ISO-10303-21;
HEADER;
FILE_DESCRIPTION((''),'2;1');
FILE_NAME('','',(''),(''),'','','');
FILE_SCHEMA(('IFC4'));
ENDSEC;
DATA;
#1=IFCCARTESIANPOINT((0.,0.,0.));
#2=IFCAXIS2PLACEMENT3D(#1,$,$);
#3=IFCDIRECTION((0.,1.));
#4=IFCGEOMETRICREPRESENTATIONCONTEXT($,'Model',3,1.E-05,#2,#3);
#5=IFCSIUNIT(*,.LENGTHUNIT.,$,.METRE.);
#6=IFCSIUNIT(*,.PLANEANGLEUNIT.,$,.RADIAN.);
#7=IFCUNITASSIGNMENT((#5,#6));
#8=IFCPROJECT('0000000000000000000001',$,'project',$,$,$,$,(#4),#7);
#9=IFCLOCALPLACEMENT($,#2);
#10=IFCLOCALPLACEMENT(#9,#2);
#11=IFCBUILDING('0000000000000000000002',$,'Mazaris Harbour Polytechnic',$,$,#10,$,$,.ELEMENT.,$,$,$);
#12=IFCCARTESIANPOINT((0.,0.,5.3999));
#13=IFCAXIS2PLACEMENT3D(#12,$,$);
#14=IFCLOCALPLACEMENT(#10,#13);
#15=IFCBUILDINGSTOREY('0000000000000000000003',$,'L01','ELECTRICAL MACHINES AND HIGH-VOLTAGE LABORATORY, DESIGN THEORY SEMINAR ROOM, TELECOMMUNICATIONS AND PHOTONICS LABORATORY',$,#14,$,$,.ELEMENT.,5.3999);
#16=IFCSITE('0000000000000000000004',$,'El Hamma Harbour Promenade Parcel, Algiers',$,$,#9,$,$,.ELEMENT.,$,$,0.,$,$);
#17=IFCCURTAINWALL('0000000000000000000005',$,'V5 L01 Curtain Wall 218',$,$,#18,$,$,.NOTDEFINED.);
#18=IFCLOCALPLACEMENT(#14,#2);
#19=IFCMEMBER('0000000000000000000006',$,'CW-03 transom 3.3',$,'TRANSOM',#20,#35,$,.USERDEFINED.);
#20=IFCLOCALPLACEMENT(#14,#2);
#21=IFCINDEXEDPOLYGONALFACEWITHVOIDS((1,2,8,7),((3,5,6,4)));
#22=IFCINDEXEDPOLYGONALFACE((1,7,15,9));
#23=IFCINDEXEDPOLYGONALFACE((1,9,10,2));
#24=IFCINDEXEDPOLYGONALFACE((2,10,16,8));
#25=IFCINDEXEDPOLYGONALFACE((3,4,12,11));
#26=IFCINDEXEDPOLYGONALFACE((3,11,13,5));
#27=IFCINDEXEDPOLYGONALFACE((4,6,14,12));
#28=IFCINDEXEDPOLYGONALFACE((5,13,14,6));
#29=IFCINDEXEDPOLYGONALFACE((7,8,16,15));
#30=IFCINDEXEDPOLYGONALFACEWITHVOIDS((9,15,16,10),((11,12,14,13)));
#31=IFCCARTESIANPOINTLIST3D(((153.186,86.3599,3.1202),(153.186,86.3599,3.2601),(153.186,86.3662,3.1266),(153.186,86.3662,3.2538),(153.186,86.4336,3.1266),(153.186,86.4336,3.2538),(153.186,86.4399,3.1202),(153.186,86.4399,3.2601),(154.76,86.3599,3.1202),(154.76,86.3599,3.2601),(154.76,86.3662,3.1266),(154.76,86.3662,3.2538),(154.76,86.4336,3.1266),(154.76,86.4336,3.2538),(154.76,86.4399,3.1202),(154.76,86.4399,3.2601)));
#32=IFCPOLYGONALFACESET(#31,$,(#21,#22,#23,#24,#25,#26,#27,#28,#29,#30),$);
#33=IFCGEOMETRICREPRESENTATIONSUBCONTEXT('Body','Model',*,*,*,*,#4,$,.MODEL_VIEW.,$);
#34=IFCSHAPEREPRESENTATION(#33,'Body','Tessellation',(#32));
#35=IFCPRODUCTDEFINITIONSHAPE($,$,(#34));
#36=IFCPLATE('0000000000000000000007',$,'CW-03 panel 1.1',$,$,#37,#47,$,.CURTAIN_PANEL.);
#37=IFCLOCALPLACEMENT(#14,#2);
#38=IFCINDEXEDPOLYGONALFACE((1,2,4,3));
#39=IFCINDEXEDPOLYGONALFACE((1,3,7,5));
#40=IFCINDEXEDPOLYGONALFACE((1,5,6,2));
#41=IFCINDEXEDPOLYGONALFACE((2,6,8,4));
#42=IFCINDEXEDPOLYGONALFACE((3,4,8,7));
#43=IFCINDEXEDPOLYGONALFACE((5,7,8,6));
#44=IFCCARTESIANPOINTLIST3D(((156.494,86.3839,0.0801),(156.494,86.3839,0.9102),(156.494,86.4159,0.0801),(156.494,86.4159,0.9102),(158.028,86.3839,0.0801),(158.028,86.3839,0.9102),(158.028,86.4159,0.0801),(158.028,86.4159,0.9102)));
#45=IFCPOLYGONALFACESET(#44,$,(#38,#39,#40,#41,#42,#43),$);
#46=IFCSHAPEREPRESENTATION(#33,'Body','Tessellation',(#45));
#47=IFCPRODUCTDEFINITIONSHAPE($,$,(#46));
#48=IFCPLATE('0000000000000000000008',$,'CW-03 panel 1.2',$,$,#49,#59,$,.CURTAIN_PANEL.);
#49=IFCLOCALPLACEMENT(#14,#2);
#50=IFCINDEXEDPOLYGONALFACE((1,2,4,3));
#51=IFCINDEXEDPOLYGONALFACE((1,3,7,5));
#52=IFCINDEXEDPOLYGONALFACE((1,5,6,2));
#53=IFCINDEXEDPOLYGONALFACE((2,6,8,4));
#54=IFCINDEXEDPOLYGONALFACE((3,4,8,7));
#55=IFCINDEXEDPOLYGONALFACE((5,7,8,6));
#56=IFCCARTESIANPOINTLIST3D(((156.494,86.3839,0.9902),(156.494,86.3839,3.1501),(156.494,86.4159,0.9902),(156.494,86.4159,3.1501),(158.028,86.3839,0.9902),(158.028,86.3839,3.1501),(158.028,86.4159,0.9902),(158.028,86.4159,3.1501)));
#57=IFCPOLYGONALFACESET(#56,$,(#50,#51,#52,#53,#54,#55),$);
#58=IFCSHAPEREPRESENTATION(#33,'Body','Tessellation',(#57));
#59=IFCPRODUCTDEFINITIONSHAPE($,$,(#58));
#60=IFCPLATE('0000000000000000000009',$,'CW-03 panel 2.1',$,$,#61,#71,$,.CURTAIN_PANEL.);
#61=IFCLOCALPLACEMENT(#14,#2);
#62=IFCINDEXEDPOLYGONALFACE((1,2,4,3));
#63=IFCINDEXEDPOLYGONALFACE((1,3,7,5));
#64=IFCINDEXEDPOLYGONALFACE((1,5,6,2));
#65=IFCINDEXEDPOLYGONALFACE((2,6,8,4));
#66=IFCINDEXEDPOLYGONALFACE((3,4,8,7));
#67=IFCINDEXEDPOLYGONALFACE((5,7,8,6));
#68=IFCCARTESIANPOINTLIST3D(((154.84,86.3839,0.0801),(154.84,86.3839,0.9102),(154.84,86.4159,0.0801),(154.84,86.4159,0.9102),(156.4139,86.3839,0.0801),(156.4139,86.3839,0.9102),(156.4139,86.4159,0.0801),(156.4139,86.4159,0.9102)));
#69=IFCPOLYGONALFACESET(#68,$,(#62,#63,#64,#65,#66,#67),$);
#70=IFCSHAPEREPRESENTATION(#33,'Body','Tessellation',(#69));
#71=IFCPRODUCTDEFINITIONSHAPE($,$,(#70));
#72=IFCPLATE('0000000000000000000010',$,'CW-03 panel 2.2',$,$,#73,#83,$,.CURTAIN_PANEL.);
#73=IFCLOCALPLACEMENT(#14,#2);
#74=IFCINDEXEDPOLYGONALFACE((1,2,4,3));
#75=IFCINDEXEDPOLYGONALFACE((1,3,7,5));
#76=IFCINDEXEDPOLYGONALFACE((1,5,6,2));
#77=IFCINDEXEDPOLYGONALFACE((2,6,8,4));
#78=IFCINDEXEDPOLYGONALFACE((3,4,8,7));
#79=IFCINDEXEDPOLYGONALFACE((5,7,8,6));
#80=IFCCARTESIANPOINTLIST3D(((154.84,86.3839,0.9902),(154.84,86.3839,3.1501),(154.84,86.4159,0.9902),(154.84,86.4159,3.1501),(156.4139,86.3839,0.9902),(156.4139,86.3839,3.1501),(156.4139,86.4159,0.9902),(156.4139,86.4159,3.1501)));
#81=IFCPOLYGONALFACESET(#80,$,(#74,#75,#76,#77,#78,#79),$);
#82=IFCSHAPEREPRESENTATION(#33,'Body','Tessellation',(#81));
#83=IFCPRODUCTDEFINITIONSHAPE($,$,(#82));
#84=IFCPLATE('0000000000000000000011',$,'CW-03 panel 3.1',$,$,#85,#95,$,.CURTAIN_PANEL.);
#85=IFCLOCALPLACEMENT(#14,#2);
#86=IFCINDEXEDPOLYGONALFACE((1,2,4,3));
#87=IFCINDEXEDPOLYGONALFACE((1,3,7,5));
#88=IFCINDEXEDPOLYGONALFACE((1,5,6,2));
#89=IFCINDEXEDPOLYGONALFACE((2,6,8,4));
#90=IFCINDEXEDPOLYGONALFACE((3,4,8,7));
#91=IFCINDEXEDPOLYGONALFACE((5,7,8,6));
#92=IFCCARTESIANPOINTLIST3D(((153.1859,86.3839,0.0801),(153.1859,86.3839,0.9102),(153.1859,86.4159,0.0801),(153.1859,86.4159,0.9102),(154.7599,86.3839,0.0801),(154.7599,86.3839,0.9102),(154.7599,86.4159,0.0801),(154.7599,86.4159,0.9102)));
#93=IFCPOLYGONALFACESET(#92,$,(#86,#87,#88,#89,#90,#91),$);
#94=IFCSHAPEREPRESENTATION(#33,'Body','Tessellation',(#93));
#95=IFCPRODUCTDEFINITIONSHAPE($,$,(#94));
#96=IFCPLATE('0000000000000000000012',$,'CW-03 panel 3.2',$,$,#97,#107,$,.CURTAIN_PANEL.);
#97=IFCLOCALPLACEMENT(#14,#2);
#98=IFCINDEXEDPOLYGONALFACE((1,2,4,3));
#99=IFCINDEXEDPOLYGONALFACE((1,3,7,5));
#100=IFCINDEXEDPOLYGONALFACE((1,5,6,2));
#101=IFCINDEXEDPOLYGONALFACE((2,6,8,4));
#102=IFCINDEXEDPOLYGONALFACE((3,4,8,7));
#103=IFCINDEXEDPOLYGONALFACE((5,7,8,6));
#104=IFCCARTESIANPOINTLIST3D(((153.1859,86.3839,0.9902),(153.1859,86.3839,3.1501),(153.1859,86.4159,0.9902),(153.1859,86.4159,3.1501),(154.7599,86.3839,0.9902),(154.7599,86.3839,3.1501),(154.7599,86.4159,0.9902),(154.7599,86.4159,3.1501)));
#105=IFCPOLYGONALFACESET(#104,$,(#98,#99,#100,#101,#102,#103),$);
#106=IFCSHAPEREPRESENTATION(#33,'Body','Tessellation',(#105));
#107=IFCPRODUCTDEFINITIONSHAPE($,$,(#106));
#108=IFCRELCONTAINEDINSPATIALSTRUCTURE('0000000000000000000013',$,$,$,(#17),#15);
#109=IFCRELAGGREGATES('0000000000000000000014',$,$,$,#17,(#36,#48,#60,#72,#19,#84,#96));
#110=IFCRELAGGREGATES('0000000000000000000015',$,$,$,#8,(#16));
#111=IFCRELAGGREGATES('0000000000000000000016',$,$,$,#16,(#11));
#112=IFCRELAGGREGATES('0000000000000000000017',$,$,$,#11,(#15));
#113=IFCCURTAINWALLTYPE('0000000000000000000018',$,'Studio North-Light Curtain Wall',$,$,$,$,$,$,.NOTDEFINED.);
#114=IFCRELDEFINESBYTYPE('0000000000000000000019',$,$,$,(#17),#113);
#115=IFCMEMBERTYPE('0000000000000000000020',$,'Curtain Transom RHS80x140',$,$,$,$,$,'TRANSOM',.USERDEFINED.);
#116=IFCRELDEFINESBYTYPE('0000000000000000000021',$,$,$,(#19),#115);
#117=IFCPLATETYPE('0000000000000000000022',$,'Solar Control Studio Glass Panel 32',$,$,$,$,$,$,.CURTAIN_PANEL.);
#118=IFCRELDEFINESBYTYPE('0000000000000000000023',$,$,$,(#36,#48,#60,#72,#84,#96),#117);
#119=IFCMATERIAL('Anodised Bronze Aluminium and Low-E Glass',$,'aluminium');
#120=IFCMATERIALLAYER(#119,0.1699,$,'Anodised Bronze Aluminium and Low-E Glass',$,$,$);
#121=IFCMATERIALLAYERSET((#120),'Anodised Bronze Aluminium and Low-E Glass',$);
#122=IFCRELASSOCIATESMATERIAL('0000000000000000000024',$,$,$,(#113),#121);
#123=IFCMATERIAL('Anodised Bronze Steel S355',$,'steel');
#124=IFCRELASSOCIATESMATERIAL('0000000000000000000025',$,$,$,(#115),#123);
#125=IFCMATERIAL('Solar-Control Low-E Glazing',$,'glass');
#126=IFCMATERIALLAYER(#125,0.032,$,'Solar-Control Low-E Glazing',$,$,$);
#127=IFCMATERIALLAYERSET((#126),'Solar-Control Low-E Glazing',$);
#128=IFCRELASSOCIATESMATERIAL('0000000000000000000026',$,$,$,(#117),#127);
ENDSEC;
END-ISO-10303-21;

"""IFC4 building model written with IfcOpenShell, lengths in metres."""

from ifc_helpers import new_model, si_unit, direction, frame, origin, origin_2d, place, context, subcontext, project, spatial, rectangle, hollow_rectangle, extrude, material, layer, layer_set, material_profile, profile_set, type_object, element, aggregate, save


model = new_model("IFC4")

# Units and contexts
model_context = context("Model", 3, precision=1e-05, world=origin(), true_north=direction((0.0, 1.0)))
body_context = subcontext(model_context, "Body", "Model", "MODEL_VIEW")
ifc_project = project(units=[si_unit("LENGTHUNIT", "METRE"), si_unit("PLANEANGLEUNIT", "RADIAN")], contexts=[model_context])

# Site, building, storey
site_placement = place(None, origin())
site = spatial("IfcSite", under=ifc_project, at=site_placement, Name="El Hamma Harbour Promenade Parcel, Algiers", CompositionType="ELEMENT", RefElevation=0.0)
building_placement = place(site_placement, origin())
building = spatial("IfcBuilding", under=site, at=building_placement, Name="Mazaris Harbour Polytechnic", CompositionType="ELEMENT")
storey_placement = place(building_placement, frame((0.0, 0.0, 5.3999)))
storey = spatial("IfcBuildingStorey", under=building, at=storey_placement, Name="L01", Description="ELECTRICAL MACHINES AND HIGH-VOLTAGE LABORATORY, DESIGN THEORY SEMINAR ROOM, TELECOMMUNICATIONS AND PHOTONICS LABORATORY", CompositionType="ELEMENT", Elevation=5.3999)

# Curtain wall, member, plates
ifc_material_1 = material(Name="Anodised Bronze Aluminium and Low-E Glass", Category="aluminium")
ifc_layer_1 = layer(ifc_material_1, 0.1699, Name="Anodised Bronze Aluminium and Low-E Glass")
ifc_layer_set_1 = layer_set([ifc_layer_1], Name="Anodised Bronze Aluminium and Low-E Glass")
curtain_wall_type = type_object("IfcCurtainWallType", Name="Studio North-Light Curtain Wall", PredefinedType="NOTDEFINED", material=ifc_layer_set_1)
curtain_wall_placement = place(storey_placement, origin())
curtain_wall = element("IfcCurtainWall", 1, at=curtain_wall_placement, inside=storey, type_object=curtain_wall_type, Name="V5 L01 Curtain Wall 218", PredefinedType="NOTDEFINED")
ifc_material_2 = material(Name="Anodised Bronze Steel S355", Category="steel")
ifc_material_profile_1 = material_profile(ifc_material_2, hollow_rectangle(XDim=0.0801, YDim=0.1399, WallThickness=0.0063, at=origin_2d()), Name="RHS 80x140x6.3")
ifc_profile_set_1 = profile_set([ifc_material_profile_1], Name="Anodised Bronze Steel S355")
member_type_1 = type_object("IfcMemberType", Name="Curtain Transom RHS80x140", ElementType="TRANSOM", PredefinedType="USERDEFINED", material=ifc_profile_set_1)
member_1_placement = place(storey_placement, frame((154.76, 86.3999, 3.1902), z_axis=(-1.0, 0.0, 0.0), x_axis=(0.0, -1.0, 0.0)))
member_1 = element("IfcMember", 2, at=member_1_placement, type_object=member_type_1, Name="CW-03 transom 3.3", ObjectType="TRANSOM", PredefinedType="USERDEFINED", context=body_context, shape_type="SweptSolid", body=[
    extrude(hollow_rectangle(XDim=0.0801, YDim=0.1399, WallThickness=0.0063, at=origin_2d()), origin(), (0.0, 0.0, 1.0), 1.574),
])
ifc_material_3 = material(Name="Solar-Control Low-E Glazing", Category="glass")
ifc_layer_2 = layer(ifc_material_3, 0.032, Name="Solar-Control Low-E Glazing")
ifc_layer_set_2 = layer_set([ifc_layer_2], Name="Solar-Control Low-E Glazing")
plate_type = type_object("IfcPlateType", Name="Solar Control Studio Glass Panel 32", PredefinedType="CURTAIN_PANEL", material=ifc_layer_set_2)
plate_1_placement = place(storey_placement, frame((157.261, 86.3999, 0.0801), z_axis=(0.0, 0.0, 1.0), x_axis=(-1.0, 0.0, 0.0)))
plate_1 = element("IfcPlate", 3, at=plate_1_placement, type_object=plate_type, Name="CW-03 panel 1.1", PredefinedType="CURTAIN_PANEL", context=body_context, shape_type="SweptSolid", body=[
    extrude(rectangle(XDim=1.5339, YDim=0.032, at=origin_2d()), origin(), (0.0, 0.0, 1.0), 0.8301),
])
plate_2_placement = place(storey_placement, frame((157.261, 86.3999, 0.9902), z_axis=(0.0, 0.0, 1.0), x_axis=(-1.0, 0.0, 0.0)))
plate_2 = element("IfcPlate", 4, at=plate_2_placement, type_object=plate_type, Name="CW-03 panel 1.2", PredefinedType="CURTAIN_PANEL", context=body_context, shape_type="SweptSolid", body=[
    extrude(rectangle(XDim=1.5339, YDim=0.032, at=origin_2d()), origin(), (0.0, 0.0, 1.0), 2.1599),
])
plate_3_placement = place(storey_placement, frame((155.627, 86.3999, 0.0801), z_axis=(0.0, 0.0, 1.0), x_axis=(-1.0, 0.0, 0.0)))
plate_3 = element("IfcPlate", 5, at=plate_3_placement, type_object=plate_type, Name="CW-03 panel 2.1", PredefinedType="CURTAIN_PANEL", context=body_context, shape_type="SweptSolid", body=[
    extrude(rectangle(XDim=1.574, YDim=0.032, at=origin_2d()), origin(), (0.0, 0.0, 1.0), 0.8301),
])
plate_4_placement = place(storey_placement, frame((155.627, 86.3999, 0.9902), z_axis=(0.0, 0.0, 1.0), x_axis=(-1.0, 0.0, 0.0)))
plate_4 = element("IfcPlate", 6, at=plate_4_placement, type_object=plate_type, Name="CW-03 panel 2.2", PredefinedType="CURTAIN_PANEL", context=body_context, shape_type="SweptSolid", body=[
    extrude(rectangle(XDim=1.574, YDim=0.032, at=origin_2d()), origin(), (0.0, 0.0, 1.0), 2.1599),
])
plate_5_placement = place(storey_placement, frame((153.9729, 86.3999, 0.0801), z_axis=(0.0, 0.0, 1.0), x_axis=(-1.0, 0.0, 0.0)))
plate_5 = element("IfcPlate", 7, at=plate_5_placement, type_object=plate_type, Name="CW-03 panel 3.1", PredefinedType="CURTAIN_PANEL", context=body_context, shape_type="SweptSolid", body=[
    extrude(rectangle(XDim=1.574, YDim=0.032, at=origin_2d()), origin(), (0.0, 0.0, 1.0), 0.8301),
])
plate_6_placement = place(storey_placement, frame((153.9729, 86.3999, 0.9902), z_axis=(0.0, 0.0, 1.0), x_axis=(-1.0, 0.0, 0.0)))
plate_6 = element("IfcPlate", 8, at=plate_6_placement, type_object=plate_type, Name="CW-03 panel 3.2", PredefinedType="CURTAIN_PANEL", context=body_context, shape_type="SweptSolid", body=[
    extrude(rectangle(XDim=1.574, YDim=0.032, at=origin_2d()), origin(), (0.0, 0.0, 1.0), 2.1599),
])
aggregate(curtain_wall, [plate_1, plate_2, plate_3, plate_4, member_1, plate_5, plate_6])

save(model, "model.ifc")
